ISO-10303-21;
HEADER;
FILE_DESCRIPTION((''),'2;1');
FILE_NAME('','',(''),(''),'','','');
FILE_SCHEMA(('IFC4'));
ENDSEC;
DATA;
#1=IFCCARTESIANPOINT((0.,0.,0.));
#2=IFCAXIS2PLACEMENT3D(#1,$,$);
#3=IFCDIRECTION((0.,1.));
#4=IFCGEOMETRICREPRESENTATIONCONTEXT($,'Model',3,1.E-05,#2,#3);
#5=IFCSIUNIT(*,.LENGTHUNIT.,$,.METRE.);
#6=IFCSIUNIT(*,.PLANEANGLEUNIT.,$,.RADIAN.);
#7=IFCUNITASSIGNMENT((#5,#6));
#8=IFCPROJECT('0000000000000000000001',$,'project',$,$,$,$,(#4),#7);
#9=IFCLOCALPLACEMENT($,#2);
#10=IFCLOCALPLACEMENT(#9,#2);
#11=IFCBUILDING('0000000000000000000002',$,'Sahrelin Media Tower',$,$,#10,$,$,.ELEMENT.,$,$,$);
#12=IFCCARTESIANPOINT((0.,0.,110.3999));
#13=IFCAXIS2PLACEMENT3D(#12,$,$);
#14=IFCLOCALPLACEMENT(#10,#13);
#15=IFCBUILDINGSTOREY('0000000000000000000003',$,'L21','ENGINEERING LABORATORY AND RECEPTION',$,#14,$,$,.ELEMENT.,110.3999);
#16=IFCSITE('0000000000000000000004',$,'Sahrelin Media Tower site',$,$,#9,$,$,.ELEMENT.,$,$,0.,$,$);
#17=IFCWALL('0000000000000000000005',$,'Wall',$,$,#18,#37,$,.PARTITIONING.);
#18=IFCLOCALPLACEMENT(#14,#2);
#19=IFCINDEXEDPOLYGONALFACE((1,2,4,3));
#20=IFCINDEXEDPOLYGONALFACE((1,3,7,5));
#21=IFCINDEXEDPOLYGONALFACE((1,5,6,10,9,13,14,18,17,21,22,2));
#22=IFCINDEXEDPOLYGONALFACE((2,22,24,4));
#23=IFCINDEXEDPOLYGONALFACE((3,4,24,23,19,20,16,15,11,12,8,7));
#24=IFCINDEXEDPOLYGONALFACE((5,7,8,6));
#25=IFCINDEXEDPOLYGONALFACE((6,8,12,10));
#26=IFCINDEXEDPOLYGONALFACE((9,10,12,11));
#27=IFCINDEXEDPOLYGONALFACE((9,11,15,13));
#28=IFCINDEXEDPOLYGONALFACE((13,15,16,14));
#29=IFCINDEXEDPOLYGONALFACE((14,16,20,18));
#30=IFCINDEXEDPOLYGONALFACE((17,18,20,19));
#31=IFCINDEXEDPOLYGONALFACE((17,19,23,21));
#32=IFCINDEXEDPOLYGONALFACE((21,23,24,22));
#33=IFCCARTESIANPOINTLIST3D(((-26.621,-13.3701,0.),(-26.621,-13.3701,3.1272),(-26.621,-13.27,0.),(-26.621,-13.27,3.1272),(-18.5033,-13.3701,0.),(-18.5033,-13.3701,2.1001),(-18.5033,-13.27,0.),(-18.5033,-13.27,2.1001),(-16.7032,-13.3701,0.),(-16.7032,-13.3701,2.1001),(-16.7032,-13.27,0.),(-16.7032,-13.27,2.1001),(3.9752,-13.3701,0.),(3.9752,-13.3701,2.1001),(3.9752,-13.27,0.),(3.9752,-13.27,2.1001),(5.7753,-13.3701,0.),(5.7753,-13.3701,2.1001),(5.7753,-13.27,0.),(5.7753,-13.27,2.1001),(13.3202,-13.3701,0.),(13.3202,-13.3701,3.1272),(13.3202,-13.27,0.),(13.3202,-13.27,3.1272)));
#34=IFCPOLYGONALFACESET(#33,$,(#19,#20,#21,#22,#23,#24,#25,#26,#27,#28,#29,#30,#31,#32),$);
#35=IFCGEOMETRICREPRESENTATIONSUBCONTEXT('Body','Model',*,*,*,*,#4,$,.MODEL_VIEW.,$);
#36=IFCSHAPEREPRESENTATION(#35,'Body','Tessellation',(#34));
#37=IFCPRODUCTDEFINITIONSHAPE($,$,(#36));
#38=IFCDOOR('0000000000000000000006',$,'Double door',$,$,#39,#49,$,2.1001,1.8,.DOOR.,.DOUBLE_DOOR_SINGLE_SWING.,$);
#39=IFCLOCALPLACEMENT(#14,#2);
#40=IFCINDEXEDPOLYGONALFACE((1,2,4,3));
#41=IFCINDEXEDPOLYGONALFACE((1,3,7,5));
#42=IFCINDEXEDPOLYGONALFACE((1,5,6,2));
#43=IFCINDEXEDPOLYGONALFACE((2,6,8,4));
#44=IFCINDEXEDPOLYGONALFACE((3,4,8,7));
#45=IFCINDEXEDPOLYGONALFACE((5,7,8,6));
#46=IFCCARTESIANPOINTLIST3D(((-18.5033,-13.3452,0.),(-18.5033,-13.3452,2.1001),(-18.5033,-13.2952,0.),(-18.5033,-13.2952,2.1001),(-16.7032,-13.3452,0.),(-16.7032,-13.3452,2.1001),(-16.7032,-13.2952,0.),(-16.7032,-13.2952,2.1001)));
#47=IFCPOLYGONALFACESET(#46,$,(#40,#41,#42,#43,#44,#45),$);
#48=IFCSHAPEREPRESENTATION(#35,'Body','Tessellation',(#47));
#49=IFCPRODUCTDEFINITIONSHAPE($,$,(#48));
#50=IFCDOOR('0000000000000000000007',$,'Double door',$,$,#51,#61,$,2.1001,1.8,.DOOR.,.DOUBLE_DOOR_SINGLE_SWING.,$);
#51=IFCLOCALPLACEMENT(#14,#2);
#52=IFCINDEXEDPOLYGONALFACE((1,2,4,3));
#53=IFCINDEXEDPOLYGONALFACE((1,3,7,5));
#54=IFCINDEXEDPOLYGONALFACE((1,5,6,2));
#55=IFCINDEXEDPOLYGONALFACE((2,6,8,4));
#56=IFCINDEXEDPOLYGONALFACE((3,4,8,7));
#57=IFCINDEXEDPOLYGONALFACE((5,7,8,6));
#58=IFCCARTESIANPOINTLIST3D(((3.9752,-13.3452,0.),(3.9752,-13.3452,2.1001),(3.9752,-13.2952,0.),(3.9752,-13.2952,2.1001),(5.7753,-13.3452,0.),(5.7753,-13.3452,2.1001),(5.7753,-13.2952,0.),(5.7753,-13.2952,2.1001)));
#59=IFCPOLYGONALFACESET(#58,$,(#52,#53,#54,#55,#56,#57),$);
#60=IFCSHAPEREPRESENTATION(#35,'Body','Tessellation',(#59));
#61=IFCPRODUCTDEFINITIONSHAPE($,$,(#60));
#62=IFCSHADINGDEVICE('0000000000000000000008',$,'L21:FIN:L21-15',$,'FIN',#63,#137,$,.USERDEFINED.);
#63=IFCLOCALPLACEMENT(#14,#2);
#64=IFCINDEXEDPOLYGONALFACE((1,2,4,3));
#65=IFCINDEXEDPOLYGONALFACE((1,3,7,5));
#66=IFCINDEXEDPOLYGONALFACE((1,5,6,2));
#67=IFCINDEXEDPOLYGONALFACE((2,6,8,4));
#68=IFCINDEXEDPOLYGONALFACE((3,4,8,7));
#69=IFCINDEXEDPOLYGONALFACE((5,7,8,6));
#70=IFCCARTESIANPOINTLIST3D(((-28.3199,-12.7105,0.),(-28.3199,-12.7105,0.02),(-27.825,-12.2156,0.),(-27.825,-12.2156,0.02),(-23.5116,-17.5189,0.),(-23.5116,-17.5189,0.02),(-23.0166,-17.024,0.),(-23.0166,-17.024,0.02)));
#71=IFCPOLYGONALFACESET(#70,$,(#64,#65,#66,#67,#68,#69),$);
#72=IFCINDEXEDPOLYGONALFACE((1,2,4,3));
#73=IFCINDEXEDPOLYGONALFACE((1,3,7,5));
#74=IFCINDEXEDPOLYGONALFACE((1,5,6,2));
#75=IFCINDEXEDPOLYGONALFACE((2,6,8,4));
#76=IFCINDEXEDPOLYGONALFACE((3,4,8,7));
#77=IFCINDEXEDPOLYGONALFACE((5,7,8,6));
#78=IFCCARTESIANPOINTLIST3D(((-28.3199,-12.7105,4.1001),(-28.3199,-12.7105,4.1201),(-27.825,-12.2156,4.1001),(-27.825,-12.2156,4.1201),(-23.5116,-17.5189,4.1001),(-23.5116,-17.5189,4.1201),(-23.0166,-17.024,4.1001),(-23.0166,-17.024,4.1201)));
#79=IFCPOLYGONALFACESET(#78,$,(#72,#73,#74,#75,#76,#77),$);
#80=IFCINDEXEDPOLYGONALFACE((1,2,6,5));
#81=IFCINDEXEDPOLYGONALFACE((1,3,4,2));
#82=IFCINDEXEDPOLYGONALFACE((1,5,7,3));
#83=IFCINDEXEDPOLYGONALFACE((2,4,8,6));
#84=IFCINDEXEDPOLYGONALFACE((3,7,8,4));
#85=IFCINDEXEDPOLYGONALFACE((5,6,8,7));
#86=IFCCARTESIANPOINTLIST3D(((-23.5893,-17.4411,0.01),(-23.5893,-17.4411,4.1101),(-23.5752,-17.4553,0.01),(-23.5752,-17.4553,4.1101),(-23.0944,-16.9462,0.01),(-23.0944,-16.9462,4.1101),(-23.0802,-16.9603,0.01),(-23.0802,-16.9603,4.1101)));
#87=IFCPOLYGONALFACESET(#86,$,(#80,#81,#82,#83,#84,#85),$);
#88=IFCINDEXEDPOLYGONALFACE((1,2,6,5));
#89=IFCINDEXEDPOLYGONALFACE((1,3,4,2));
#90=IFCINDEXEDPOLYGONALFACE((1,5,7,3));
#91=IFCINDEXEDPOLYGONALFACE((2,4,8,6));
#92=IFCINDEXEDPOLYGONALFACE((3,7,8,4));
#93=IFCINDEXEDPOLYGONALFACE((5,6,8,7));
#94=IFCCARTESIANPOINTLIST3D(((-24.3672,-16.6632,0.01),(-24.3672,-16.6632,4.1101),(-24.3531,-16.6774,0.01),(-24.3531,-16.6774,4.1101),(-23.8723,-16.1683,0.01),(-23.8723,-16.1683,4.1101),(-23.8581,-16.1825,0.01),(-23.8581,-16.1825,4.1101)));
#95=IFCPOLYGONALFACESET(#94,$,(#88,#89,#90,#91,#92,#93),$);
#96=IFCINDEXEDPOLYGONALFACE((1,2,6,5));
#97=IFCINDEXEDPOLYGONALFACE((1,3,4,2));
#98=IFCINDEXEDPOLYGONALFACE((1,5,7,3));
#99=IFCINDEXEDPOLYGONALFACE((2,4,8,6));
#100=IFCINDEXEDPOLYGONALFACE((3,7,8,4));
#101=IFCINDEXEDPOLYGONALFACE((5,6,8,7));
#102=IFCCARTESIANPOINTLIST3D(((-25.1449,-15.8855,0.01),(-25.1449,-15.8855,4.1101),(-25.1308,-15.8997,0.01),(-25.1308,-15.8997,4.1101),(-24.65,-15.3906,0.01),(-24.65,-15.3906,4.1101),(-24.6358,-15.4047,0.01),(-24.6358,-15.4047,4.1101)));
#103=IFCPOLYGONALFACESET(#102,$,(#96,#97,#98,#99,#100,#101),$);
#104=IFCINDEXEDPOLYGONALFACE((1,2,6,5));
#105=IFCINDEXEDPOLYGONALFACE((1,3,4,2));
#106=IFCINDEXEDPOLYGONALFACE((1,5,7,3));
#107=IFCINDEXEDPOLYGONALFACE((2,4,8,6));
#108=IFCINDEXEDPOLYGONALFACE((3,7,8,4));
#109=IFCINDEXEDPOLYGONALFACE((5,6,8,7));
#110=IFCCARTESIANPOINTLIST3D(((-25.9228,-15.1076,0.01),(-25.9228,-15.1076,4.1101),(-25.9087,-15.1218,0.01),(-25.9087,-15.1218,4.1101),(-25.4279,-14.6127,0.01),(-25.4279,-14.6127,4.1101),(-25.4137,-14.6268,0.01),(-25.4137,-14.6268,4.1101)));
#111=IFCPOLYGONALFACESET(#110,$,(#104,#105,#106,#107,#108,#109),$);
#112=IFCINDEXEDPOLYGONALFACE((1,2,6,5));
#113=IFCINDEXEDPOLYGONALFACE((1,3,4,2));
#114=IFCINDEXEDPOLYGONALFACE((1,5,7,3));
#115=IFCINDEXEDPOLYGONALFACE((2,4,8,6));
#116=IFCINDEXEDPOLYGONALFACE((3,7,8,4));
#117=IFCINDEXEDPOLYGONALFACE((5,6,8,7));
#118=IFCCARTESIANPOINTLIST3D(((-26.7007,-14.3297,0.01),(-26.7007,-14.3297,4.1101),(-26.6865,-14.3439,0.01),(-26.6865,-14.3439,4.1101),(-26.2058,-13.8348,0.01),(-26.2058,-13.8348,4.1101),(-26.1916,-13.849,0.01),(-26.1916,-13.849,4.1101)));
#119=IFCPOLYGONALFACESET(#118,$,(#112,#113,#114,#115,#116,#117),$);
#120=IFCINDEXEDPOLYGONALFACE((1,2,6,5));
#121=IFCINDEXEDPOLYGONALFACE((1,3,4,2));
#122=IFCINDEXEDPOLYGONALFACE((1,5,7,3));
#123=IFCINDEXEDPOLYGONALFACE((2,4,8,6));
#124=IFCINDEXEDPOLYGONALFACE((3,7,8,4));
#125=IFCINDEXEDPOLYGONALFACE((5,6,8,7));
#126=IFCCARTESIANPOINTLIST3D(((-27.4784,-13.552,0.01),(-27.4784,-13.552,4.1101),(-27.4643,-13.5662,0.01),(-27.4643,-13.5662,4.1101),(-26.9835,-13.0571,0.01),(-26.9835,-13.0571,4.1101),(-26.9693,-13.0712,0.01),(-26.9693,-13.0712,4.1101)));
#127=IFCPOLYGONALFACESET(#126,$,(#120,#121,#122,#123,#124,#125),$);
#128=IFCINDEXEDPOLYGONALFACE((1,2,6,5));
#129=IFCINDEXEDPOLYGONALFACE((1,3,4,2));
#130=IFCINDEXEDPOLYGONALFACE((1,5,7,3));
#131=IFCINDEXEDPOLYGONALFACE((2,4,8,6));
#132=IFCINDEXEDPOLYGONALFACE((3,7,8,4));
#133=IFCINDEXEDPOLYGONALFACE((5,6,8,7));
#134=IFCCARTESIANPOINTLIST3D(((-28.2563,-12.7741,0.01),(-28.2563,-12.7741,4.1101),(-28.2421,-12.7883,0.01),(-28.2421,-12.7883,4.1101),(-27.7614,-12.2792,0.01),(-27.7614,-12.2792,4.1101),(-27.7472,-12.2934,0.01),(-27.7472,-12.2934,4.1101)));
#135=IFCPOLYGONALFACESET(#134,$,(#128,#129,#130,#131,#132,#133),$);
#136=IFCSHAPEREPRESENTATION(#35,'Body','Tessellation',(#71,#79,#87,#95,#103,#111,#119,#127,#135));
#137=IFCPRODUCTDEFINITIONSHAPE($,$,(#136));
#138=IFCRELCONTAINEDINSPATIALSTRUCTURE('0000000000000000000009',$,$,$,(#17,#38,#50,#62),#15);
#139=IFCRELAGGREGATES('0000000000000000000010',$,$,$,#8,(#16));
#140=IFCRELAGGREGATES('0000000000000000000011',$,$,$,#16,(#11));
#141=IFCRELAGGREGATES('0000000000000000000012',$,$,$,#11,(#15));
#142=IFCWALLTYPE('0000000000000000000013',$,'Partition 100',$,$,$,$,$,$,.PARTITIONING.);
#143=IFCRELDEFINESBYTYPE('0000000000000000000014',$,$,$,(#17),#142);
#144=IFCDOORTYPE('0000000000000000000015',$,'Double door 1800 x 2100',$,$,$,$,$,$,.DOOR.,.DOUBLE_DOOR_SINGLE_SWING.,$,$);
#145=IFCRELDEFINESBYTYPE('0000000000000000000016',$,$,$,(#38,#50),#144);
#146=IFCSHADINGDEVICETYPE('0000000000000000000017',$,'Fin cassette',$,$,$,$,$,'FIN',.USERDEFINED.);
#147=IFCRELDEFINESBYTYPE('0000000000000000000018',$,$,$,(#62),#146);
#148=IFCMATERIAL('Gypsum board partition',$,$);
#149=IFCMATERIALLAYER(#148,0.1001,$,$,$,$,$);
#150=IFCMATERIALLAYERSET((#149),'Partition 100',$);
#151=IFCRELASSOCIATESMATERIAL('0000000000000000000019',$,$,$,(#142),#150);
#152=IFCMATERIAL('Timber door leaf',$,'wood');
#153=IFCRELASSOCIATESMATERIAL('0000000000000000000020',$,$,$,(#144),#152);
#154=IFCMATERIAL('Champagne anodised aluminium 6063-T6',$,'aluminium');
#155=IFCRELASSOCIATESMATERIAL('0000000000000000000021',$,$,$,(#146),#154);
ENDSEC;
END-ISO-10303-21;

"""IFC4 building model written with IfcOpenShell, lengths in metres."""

from ifc_helpers import new_model, si_unit, direction, frame, frame_2d, origin, origin_2d, place, context, subcontext, project, spatial, rectangle, extrude, material, layer, layer_set, type_object, element, fill, save


model = new_model("IFC4")

# Units and contexts
model_context = context("Model", 3, precision=1e-05, world=origin(), true_north=direction((0.0, 1.0)))
body_context = subcontext(model_context, "Body", "Model", "MODEL_VIEW")
ifc_project = project(units=[si_unit("LENGTHUNIT", "METRE"), si_unit("PLANEANGLEUNIT", "RADIAN")], contexts=[model_context])

# Site, building, storey
site_placement = place(None, origin())
site = spatial("IfcSite", under=ifc_project, at=site_placement, Name="Sahrelin Media Tower site", CompositionType="ELEMENT", RefElevation=0.0)
building_placement = place(site_placement, origin())
building = spatial("IfcBuilding", under=site, at=building_placement, Name="Sahrelin Media Tower", CompositionType="ELEMENT")
storey_placement = place(building_placement, frame((0.0, 0.0, 110.3999)))
storey = spatial("IfcBuildingStorey", under=building, at=storey_placement, Name="L21", Description="ENGINEERING LABORATORY AND RECEPTION", CompositionType="ELEMENT", Elevation=110.3999)

# Shared definitions
ifc_material_1 = material(Name="Champagne anodised aluminium 6063-T6", Category="aluminium")

# Wall, openings, doors
ifc_material_2 = material(Name="Gypsum board partition")
ifc_layer_1 = layer(ifc_material_2, 0.1001)
ifc_layer_set_1 = layer_set([ifc_layer_1], Name="Partition 100")
wall_type_1 = type_object("IfcWallType", Name="Partition 100", PredefinedType="PARTITIONING", material=ifc_layer_set_1)
wall_1_placement = place(storey_placement, frame((-26.6211, -13.3201, 0.0), z_axis=(0.0, 0.0, 1.0), x_axis=(1.0, 0.0, 0.0)))
wall_1 = element("IfcWall", 1, at=wall_1_placement, inside=storey, type_object=wall_type_1, Name="Wall", PredefinedType="PARTITIONING", context=body_context, shape_type="SweptSolid", body=[
    extrude(rectangle(XDim=39.9412, YDim=0.1001, at=frame_2d((19.9707, 0.0))), origin(), (0.0, 0.0, 1.0), 3.1272),
])
opening_1_placement = place(wall_1_placement, frame((8.1179, 0.0, 0.0)))
opening_1 = element("IfcOpeningElement", 2, at=opening_1_placement, cuts=wall_1, PredefinedType="OPENING", context=body_context, shape_type="SweptSolid", body=[
    extrude(rectangle(XDim=1.8, YDim=2.1001, at=frame_2d((0.8999, 1.05))), frame((0.0, 0.05, 0.0), z_axis=(0.0, -1.0, 0.0), x_axis=(1.0, 0.0, 0.0)), (0.0, 0.0, 1.0), 0.1001),
])
opening_2_placement = place(wall_1_placement, frame((30.5964, 0.0, 0.0)))
opening_2 = element("IfcOpeningElement", 3, at=opening_2_placement, cuts=wall_1, PredefinedType="OPENING", context=body_context, shape_type="SweptSolid", body=[
    extrude(rectangle(XDim=1.8, YDim=2.1001, at=frame_2d((0.8999, 1.05))), frame((0.0, 0.05, 0.0), z_axis=(0.0, -1.0, 0.0), x_axis=(1.0, 0.0, 0.0)), (0.0, 0.0, 1.0), 0.1001),
])
ifc_material_3 = material(Name="Timber door leaf", Category="wood")
door_type_1 = type_object("IfcDoorType", Name="Double door 1800 x 2100", OperationType="DOUBLE_DOOR_SINGLE_SWING", PredefinedType="DOOR", material=ifc_material_3)
door_1_placement = place(opening_1_placement, origin())
door_1 = element("IfcDoor", 4, at=door_1_placement, inside=storey, type_object=door_type_1, Name="Double door", OperationType="DOUBLE_DOOR_SINGLE_SWING", OverallHeight=2.1001, OverallWidth=1.8, PredefinedType="DOOR", context=body_context, shape_type="SweptSolid", body=[
    extrude(rectangle(XDim=1.8, YDim=2.1001, at=frame_2d((0.8999, 1.05))), frame((0.0, 0.0249, 0.0), z_axis=(0.0, -1.0, 0.0), x_axis=(1.0, 0.0, 0.0)), (0.0, 0.0, 1.0), 0.05),
])
fill(opening_1, door_1)
door_2_placement = place(opening_2_placement, origin())
door_2 = element("IfcDoor", 5, at=door_2_placement, inside=storey, type_object=door_type_1, Name="Double door", OperationType="DOUBLE_DOOR_SINGLE_SWING", OverallHeight=2.1001, OverallWidth=1.8, PredefinedType="DOOR", context=body_context, shape_type="SweptSolid", body=[
    extrude(rectangle(XDim=1.8, YDim=2.1001, at=frame_2d((0.8999, 1.05))), frame((0.0, 0.0249, 0.0), z_axis=(0.0, -1.0, 0.0), x_axis=(1.0, 0.0, 0.0)), (0.0, 0.0, 1.0), 0.05),
])
fill(opening_2, door_2)

# Shading device
shading_device_type_1 = type_object("IfcShadingDeviceType", Name="Fin cassette", ElementType="FIN", PredefinedType="USERDEFINED", material=ifc_material_1)
placement_1 = place(storey_placement, frame((-25.3713, -14.5703, 0.0), z_axis=(0.0, 0.0, 1.0), x_axis=(-0.707107, 0.707107, 0.0)))
element("IfcShadingDevice", 6, at=placement_1, inside=storey, type_object=shading_device_type_1, Name="L21:FIN:L21-15", ObjectType="FIN", PredefinedType="USERDEFINED", context=body_context, shape_type="SweptSolid", body=[
    extrude(rectangle(XDim=6.8, YDim=0.7, at=origin_2d()), frame((0.0, 0.4199, 0.0)), (0.0, 0.0, 1.0), 0.02),
    extrude(rectangle(XDim=6.8, YDim=0.7, at=origin_2d()), frame((0.0, 0.4199, 4.1001)), (0.0, 0.0, 1.0), 0.02),
    extrude(rectangle(XDim=0.02, YDim=0.7, at=origin_2d()), frame((-3.3, 0.4199, 0.01), z_axis=(0.0, 0.0, 1.0), x_axis=(1.0, 0.0, 0.0)), (0.0, 0.0, 1.0), 4.1001),
    extrude(rectangle(XDim=0.02, YDim=0.7, at=origin_2d()), frame((-2.2, 0.4199, 0.01), z_axis=(0.0, 0.0, 1.0), x_axis=(1.0, 0.0, 0.0)), (0.0, 0.0, 1.0), 4.1001),
    extrude(rectangle(XDim=0.02, YDim=0.7, at=origin_2d()), frame((-1.1001, 0.4199, 0.01), z_axis=(0.0, 0.0, 1.0), x_axis=(1.0, 0.0, 0.0)), (0.0, 0.0, 1.0), 4.1001),
    extrude(rectangle(XDim=0.02, YDim=0.7, at=origin_2d()), frame((0.0, 0.4199, 0.01), z_axis=(0.0, 0.0, 1.0), x_axis=(1.0, 0.0, 0.0)), (0.0, 0.0, 1.0), 4.1001),
    extrude(rectangle(XDim=0.02, YDim=0.7, at=origin_2d()), frame((1.1001, 0.4199, 0.01), z_axis=(0.0, 0.0, 1.0), x_axis=(1.0, 0.0, 0.0)), (0.0, 0.0, 1.0), 4.1001),
    extrude(rectangle(XDim=0.02, YDim=0.7, at=origin_2d()), frame((2.2, 0.4199, 0.01), z_axis=(0.0, 0.0, 1.0), x_axis=(1.0, 0.0, 0.0)), (0.0, 0.0, 1.0), 4.1001),
    extrude(rectangle(XDim=0.02, YDim=0.7, at=origin_2d()), frame((3.3, 0.4199, 0.01), z_axis=(0.0, 0.0, 1.0), x_axis=(1.0, 0.0, 0.0)), (0.0, 0.0, 1.0), 4.1001),
])

save(model, "model.ifc")
